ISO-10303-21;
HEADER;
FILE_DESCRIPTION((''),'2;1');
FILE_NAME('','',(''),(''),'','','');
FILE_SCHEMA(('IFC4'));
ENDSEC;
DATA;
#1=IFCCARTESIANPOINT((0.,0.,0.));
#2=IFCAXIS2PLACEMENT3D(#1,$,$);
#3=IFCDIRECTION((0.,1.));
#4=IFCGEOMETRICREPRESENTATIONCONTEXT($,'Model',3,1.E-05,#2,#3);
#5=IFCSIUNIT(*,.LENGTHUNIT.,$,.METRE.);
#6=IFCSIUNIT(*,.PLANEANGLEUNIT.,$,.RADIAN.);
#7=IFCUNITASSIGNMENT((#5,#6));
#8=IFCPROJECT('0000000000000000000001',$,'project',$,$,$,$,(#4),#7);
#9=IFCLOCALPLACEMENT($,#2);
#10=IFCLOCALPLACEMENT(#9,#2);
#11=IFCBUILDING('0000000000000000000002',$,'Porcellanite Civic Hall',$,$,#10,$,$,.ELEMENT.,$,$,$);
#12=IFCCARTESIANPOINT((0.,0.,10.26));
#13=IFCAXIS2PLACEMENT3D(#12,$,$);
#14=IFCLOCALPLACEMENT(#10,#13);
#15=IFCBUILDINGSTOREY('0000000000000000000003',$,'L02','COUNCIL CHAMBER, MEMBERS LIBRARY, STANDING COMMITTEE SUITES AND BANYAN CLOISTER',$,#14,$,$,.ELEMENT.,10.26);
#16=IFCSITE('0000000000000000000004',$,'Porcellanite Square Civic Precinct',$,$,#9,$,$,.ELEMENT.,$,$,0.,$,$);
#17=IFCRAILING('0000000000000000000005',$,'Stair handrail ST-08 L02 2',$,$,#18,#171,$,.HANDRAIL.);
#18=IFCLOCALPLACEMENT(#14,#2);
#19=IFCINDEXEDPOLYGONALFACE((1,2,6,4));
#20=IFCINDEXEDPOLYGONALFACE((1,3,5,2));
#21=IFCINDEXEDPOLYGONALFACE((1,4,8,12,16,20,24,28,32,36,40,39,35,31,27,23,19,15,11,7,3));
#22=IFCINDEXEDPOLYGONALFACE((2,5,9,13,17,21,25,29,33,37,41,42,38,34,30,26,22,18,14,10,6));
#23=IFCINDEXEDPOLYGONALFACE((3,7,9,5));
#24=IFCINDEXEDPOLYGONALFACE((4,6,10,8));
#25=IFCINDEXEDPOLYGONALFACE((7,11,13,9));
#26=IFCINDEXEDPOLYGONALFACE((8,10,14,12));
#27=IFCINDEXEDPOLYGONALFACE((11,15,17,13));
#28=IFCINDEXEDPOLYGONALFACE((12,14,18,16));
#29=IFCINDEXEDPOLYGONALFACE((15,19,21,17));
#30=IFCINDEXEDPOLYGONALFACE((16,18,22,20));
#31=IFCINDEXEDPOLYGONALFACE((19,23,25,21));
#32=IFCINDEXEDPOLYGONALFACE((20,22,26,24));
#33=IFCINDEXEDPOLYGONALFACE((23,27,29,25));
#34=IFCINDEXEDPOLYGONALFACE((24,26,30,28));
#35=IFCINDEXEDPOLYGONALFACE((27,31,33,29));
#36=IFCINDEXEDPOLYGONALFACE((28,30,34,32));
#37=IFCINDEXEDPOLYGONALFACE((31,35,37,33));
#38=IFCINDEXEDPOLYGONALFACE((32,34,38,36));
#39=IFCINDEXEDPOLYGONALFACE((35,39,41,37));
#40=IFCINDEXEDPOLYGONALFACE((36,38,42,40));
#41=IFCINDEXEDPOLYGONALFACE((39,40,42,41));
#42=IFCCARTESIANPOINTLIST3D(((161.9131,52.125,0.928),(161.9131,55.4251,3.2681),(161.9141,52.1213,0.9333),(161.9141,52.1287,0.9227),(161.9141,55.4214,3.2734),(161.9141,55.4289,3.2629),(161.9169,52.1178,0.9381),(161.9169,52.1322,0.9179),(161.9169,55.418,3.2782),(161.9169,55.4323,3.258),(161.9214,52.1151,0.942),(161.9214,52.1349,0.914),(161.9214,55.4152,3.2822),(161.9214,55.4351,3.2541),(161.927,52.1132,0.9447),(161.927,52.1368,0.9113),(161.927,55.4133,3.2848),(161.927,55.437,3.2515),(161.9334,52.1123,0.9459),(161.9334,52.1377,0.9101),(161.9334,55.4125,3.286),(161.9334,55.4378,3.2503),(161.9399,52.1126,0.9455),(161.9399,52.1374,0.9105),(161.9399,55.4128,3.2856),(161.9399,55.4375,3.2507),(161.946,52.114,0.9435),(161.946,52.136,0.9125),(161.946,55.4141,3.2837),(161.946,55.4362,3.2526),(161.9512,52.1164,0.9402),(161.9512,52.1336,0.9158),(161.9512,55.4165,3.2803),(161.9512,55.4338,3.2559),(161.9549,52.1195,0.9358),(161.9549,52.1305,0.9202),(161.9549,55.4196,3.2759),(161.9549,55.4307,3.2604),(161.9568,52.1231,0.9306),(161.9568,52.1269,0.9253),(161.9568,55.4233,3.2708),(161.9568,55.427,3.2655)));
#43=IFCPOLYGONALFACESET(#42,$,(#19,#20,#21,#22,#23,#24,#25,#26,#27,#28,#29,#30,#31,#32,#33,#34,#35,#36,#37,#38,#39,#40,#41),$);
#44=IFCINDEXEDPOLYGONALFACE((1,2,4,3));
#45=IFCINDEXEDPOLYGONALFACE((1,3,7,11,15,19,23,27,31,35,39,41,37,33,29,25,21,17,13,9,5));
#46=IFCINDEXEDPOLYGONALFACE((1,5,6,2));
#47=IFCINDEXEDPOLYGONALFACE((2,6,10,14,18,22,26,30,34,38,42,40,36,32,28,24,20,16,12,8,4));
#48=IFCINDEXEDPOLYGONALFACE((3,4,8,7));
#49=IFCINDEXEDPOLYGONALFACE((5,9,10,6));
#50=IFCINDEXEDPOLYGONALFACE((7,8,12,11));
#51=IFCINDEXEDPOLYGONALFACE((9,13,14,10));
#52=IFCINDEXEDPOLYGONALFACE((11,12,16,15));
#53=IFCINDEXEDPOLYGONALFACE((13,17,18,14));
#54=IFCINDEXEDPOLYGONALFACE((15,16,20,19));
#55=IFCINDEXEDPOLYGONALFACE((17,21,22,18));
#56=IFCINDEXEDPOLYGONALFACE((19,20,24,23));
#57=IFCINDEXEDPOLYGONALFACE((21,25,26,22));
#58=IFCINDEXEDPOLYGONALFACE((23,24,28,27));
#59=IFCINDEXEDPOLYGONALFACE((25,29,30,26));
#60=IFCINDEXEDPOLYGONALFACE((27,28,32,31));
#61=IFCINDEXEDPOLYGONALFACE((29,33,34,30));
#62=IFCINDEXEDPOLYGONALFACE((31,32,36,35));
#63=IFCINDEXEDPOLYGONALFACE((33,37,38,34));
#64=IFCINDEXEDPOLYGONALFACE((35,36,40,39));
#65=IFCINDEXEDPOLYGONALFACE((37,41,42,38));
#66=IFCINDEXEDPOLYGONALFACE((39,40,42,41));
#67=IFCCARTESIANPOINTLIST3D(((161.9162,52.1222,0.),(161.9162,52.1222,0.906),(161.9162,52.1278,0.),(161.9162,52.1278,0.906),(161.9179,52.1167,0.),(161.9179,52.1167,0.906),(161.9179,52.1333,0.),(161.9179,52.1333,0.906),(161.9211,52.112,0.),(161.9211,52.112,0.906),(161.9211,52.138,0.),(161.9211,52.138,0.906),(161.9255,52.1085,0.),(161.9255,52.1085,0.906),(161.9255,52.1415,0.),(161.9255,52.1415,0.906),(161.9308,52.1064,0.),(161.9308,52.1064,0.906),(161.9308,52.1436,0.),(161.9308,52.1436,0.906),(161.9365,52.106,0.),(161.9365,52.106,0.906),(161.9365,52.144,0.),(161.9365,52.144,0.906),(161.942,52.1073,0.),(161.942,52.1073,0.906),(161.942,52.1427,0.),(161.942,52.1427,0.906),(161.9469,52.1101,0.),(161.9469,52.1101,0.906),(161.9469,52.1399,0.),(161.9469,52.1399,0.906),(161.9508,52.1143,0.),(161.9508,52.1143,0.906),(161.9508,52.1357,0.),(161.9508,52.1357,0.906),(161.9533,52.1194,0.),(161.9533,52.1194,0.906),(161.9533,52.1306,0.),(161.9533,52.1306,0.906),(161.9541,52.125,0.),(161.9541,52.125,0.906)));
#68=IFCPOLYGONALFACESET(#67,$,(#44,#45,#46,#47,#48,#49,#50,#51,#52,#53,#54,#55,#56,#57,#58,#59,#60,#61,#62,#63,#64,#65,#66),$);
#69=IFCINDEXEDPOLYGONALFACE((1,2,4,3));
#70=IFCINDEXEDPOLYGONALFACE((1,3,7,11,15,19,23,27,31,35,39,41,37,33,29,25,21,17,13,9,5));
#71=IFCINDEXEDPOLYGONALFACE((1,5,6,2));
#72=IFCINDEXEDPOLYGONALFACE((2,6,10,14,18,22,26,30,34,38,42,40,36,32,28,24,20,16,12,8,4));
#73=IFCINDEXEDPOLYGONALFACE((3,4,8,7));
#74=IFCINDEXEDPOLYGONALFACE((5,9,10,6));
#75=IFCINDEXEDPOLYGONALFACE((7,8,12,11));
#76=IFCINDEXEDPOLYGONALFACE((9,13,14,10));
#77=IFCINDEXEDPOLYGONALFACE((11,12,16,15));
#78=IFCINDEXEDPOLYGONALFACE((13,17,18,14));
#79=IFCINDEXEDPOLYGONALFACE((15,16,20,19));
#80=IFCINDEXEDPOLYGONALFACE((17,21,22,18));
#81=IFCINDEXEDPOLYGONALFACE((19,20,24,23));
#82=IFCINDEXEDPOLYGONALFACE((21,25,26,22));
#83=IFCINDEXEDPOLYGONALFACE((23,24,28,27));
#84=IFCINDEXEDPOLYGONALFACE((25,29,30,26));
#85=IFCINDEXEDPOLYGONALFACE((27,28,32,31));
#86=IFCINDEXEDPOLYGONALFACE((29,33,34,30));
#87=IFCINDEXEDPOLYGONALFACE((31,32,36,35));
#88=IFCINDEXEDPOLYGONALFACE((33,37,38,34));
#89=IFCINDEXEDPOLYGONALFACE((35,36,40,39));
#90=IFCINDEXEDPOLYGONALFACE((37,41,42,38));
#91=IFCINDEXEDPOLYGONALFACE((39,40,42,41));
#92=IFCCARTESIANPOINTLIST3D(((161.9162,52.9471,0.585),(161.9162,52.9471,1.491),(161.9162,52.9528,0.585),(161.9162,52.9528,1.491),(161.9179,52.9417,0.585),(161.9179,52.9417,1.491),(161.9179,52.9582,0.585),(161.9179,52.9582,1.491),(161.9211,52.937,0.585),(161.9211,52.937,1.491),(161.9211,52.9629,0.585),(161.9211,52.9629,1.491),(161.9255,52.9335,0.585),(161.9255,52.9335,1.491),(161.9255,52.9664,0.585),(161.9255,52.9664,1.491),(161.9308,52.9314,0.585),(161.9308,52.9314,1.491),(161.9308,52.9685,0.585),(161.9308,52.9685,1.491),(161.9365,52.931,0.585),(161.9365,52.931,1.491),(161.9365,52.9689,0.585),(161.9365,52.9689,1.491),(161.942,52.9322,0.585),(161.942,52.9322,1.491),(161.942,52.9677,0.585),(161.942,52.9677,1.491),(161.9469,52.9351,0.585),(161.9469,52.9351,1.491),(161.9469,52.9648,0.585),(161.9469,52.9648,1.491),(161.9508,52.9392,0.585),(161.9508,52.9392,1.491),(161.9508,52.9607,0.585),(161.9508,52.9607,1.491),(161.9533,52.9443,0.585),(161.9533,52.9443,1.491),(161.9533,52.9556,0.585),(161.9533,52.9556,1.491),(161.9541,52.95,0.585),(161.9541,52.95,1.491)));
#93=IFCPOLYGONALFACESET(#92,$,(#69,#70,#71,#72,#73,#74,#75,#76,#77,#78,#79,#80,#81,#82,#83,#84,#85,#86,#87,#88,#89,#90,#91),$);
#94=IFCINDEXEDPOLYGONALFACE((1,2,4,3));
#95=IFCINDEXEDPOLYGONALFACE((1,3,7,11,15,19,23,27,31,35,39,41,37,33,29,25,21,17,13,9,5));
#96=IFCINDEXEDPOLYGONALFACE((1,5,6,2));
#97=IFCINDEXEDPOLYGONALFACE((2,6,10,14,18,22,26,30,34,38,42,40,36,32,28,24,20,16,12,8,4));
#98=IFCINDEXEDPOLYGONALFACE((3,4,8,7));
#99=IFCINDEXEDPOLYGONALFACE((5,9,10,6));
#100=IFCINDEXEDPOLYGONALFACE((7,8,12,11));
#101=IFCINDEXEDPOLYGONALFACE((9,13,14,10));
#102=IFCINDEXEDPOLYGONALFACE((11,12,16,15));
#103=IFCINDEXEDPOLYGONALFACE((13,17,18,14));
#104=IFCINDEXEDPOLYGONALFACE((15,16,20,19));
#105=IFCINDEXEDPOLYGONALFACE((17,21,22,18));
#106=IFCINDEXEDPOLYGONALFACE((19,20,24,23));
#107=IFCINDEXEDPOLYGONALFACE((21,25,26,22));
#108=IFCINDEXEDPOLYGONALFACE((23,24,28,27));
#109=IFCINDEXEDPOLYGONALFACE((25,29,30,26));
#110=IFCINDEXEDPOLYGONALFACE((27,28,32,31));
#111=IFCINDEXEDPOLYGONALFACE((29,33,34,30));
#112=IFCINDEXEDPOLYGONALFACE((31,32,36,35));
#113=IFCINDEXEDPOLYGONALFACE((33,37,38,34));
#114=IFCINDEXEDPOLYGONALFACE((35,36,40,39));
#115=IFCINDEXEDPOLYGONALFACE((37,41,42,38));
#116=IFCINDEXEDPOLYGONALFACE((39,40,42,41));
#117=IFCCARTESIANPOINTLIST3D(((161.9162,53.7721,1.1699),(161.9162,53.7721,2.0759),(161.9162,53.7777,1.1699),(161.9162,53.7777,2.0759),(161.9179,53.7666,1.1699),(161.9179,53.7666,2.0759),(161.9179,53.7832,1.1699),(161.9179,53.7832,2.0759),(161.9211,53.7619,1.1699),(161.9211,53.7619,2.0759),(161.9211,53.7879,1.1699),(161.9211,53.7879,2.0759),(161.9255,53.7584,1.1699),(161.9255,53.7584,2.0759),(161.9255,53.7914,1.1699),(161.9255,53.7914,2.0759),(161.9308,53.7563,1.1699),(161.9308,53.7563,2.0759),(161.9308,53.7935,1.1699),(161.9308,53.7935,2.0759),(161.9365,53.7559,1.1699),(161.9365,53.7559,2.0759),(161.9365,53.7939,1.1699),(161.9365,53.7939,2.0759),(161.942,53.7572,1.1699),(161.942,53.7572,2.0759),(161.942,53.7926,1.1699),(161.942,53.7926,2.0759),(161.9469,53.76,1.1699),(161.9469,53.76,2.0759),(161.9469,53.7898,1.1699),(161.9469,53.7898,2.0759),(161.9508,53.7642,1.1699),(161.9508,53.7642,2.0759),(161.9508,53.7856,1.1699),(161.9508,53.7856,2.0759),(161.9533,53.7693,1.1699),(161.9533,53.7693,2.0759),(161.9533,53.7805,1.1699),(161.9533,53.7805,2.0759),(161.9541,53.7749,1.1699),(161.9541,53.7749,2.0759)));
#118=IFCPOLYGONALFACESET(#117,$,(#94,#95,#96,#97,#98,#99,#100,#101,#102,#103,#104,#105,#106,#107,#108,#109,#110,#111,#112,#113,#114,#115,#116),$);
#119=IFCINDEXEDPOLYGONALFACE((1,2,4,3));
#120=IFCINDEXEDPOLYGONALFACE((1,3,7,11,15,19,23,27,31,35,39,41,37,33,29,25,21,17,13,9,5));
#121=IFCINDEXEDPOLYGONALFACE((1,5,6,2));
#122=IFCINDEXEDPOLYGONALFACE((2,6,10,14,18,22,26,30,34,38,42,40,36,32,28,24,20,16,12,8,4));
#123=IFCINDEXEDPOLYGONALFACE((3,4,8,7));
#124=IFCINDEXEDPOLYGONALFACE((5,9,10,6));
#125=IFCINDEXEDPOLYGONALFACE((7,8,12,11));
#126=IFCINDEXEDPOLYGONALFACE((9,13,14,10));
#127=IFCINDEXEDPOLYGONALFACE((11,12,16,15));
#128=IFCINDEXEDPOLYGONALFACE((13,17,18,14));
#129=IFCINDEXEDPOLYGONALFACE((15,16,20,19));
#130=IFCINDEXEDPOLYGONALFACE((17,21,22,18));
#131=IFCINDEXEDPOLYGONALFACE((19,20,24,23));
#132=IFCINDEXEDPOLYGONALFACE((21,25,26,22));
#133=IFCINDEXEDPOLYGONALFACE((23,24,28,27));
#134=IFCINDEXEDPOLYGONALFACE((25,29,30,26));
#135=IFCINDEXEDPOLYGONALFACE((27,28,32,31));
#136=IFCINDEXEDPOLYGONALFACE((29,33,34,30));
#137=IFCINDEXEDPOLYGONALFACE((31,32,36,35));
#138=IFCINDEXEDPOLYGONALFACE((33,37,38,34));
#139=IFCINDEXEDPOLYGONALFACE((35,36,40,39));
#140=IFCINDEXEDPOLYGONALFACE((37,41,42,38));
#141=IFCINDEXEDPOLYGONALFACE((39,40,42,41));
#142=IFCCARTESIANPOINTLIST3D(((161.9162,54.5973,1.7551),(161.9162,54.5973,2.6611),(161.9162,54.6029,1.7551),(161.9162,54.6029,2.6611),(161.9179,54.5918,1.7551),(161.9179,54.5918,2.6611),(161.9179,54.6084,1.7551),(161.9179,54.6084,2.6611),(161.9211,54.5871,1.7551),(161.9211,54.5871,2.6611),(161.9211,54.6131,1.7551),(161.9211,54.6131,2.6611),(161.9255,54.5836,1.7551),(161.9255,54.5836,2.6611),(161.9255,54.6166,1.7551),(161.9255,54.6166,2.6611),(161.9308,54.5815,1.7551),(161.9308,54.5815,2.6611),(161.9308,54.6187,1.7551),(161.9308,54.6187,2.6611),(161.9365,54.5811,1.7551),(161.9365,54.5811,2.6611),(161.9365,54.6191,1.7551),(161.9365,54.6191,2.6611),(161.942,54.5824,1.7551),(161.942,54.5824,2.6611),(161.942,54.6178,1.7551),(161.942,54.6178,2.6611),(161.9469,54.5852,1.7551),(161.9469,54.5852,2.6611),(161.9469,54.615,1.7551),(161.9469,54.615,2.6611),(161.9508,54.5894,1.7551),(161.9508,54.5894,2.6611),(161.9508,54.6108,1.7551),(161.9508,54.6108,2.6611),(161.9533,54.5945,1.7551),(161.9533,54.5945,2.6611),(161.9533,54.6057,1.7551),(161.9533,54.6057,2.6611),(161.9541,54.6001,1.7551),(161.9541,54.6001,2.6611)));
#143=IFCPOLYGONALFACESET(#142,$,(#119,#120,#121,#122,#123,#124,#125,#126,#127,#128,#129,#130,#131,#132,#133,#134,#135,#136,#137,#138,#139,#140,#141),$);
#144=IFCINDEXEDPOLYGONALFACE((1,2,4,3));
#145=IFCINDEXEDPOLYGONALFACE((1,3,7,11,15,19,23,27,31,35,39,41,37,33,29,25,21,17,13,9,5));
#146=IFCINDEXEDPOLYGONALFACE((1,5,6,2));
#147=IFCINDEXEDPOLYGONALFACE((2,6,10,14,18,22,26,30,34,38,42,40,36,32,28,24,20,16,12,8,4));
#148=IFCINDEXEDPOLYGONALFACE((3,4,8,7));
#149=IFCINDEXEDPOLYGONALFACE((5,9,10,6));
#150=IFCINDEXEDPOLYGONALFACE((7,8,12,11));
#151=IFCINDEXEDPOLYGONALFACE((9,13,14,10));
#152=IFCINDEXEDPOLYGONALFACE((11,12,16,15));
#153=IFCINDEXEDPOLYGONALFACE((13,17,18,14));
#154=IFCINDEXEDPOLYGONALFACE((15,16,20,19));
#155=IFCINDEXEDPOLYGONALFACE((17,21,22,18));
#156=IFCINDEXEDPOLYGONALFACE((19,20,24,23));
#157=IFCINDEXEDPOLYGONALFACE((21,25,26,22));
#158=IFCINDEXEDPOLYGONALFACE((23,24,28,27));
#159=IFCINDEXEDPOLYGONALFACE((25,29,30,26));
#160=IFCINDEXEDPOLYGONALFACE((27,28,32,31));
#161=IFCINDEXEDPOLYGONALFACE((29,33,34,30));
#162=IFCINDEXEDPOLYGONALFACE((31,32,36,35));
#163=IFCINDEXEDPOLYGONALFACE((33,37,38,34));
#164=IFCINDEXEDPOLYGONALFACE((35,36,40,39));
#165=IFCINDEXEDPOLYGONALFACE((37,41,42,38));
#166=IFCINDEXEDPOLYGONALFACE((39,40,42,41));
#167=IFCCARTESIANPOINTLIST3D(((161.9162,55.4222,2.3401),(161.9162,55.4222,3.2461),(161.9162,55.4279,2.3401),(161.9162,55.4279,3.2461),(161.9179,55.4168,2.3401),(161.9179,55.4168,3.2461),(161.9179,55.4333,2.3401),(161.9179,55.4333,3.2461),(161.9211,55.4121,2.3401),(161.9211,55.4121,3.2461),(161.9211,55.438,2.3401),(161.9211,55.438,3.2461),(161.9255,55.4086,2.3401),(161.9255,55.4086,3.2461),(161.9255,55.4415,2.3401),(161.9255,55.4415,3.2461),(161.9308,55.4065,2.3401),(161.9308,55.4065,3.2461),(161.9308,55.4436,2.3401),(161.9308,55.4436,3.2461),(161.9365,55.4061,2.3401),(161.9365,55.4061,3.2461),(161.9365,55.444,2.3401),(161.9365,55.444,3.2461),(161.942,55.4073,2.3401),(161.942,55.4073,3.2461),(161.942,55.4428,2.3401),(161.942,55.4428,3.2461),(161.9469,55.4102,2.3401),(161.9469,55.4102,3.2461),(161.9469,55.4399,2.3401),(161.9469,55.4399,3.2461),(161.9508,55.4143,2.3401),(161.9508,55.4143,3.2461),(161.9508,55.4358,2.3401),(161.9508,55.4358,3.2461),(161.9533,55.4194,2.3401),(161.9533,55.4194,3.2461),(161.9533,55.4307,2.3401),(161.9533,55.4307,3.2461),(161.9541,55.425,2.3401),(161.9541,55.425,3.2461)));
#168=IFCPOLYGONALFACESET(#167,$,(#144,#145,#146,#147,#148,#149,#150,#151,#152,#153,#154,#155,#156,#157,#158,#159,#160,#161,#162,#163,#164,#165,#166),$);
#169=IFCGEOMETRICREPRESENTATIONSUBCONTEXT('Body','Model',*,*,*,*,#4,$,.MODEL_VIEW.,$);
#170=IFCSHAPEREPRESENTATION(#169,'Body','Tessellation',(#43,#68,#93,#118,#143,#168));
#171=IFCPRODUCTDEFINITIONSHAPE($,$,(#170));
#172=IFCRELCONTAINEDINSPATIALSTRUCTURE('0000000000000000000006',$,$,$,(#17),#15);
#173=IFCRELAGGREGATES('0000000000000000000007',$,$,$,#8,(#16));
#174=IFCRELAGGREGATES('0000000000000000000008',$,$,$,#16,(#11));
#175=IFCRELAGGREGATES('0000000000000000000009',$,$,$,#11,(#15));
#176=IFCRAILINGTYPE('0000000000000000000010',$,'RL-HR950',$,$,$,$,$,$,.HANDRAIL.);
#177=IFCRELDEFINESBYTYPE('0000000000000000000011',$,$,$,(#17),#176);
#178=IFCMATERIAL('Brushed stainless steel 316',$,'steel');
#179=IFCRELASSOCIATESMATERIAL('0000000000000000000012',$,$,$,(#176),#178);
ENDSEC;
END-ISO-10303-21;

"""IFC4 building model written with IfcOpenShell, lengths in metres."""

from ifc_helpers import new_model, si_unit, direction, frame, origin, origin_2d, place, context, subcontext, project, spatial, circle, extrude, material, type_object, element, save


model = new_model("IFC4")

# Units and contexts
model_context = context("Model", 3, precision=1e-05, world=origin(), true_north=direction((0.0, 1.0)))
body_context = subcontext(model_context, "Body", "Model", "MODEL_VIEW")
ifc_project = project(units=[si_unit("LENGTHUNIT", "METRE"), si_unit("PLANEANGLEUNIT", "RADIAN")], contexts=[model_context])

# Site, building, storey
site_placement = place(None, origin())
site = spatial("IfcSite", under=ifc_project, at=site_placement, Name="Porcellanite Square Civic Precinct", CompositionType="ELEMENT", RefElevation=0.0)
building_placement = place(site_placement, origin())
building = spatial("IfcBuilding", under=site, at=building_placement, Name="Porcellanite Civic Hall", CompositionType="ELEMENT")
storey_placement = place(building_placement, frame((0.0, 0.0, 10.26)))
storey = spatial("IfcBuildingStorey", under=building, at=storey_placement, Name="L02", Description="COUNCIL CHAMBER, MEMBERS LIBRARY, STANDING COMMITTEE SUITES AND BANYAN CLOISTER", CompositionType="ELEMENT", Elevation=10.26)

# Railing
ifc_material_1 = material(Name="Brushed stainless steel 316", Category="steel")
railing_type_1 = type_object("IfcRailingType", Name="RL-HR950", PredefinedType="HANDRAIL", material=ifc_material_1)
railing_1_placement = place(storey_placement, frame((161.9351, 52.125, 0.0)))
element("IfcRailing", 1, at=railing_1_placement, inside=storey, type_object=railing_type_1, Name="Stair handrail ST-08 L02 2", PredefinedType="HANDRAIL", context=body_context, shape_type="SweptSolid", body=[
    extrude(circle(Radius=0.022, at=origin_2d()), frame((0.0, 0.0, 0.928), z_axis=(0.0, 0.815727, 0.578438), x_axis=(-1.0, 0.0, 0.0)), (0.0, 0.0, 1.0), 4.0457),
    extrude(circle(Radius=0.019, at=origin_2d()), origin(), (0.0, 0.0, 1.0), 0.906),
    extrude(circle(Radius=0.019, at=origin_2d()), frame((0.0, 0.825, 0.585)), (0.0, 0.0, 1.0), 0.906),
    extrude(circle(Radius=0.019, at=origin_2d()), frame((0.0, 1.6499, 1.1699)), (0.0, 0.0, 1.0), 0.906),
    extrude(circle(Radius=0.019, at=origin_2d()), frame((0.0, 2.4751, 1.7551)), (0.0, 0.0, 1.0), 0.906),
    extrude(circle(Radius=0.019, at=origin_2d()), frame((0.0, 3.3, 2.3401)), (0.0, 0.0, 1.0), 0.906),
])

save(model, "model.ifc")
